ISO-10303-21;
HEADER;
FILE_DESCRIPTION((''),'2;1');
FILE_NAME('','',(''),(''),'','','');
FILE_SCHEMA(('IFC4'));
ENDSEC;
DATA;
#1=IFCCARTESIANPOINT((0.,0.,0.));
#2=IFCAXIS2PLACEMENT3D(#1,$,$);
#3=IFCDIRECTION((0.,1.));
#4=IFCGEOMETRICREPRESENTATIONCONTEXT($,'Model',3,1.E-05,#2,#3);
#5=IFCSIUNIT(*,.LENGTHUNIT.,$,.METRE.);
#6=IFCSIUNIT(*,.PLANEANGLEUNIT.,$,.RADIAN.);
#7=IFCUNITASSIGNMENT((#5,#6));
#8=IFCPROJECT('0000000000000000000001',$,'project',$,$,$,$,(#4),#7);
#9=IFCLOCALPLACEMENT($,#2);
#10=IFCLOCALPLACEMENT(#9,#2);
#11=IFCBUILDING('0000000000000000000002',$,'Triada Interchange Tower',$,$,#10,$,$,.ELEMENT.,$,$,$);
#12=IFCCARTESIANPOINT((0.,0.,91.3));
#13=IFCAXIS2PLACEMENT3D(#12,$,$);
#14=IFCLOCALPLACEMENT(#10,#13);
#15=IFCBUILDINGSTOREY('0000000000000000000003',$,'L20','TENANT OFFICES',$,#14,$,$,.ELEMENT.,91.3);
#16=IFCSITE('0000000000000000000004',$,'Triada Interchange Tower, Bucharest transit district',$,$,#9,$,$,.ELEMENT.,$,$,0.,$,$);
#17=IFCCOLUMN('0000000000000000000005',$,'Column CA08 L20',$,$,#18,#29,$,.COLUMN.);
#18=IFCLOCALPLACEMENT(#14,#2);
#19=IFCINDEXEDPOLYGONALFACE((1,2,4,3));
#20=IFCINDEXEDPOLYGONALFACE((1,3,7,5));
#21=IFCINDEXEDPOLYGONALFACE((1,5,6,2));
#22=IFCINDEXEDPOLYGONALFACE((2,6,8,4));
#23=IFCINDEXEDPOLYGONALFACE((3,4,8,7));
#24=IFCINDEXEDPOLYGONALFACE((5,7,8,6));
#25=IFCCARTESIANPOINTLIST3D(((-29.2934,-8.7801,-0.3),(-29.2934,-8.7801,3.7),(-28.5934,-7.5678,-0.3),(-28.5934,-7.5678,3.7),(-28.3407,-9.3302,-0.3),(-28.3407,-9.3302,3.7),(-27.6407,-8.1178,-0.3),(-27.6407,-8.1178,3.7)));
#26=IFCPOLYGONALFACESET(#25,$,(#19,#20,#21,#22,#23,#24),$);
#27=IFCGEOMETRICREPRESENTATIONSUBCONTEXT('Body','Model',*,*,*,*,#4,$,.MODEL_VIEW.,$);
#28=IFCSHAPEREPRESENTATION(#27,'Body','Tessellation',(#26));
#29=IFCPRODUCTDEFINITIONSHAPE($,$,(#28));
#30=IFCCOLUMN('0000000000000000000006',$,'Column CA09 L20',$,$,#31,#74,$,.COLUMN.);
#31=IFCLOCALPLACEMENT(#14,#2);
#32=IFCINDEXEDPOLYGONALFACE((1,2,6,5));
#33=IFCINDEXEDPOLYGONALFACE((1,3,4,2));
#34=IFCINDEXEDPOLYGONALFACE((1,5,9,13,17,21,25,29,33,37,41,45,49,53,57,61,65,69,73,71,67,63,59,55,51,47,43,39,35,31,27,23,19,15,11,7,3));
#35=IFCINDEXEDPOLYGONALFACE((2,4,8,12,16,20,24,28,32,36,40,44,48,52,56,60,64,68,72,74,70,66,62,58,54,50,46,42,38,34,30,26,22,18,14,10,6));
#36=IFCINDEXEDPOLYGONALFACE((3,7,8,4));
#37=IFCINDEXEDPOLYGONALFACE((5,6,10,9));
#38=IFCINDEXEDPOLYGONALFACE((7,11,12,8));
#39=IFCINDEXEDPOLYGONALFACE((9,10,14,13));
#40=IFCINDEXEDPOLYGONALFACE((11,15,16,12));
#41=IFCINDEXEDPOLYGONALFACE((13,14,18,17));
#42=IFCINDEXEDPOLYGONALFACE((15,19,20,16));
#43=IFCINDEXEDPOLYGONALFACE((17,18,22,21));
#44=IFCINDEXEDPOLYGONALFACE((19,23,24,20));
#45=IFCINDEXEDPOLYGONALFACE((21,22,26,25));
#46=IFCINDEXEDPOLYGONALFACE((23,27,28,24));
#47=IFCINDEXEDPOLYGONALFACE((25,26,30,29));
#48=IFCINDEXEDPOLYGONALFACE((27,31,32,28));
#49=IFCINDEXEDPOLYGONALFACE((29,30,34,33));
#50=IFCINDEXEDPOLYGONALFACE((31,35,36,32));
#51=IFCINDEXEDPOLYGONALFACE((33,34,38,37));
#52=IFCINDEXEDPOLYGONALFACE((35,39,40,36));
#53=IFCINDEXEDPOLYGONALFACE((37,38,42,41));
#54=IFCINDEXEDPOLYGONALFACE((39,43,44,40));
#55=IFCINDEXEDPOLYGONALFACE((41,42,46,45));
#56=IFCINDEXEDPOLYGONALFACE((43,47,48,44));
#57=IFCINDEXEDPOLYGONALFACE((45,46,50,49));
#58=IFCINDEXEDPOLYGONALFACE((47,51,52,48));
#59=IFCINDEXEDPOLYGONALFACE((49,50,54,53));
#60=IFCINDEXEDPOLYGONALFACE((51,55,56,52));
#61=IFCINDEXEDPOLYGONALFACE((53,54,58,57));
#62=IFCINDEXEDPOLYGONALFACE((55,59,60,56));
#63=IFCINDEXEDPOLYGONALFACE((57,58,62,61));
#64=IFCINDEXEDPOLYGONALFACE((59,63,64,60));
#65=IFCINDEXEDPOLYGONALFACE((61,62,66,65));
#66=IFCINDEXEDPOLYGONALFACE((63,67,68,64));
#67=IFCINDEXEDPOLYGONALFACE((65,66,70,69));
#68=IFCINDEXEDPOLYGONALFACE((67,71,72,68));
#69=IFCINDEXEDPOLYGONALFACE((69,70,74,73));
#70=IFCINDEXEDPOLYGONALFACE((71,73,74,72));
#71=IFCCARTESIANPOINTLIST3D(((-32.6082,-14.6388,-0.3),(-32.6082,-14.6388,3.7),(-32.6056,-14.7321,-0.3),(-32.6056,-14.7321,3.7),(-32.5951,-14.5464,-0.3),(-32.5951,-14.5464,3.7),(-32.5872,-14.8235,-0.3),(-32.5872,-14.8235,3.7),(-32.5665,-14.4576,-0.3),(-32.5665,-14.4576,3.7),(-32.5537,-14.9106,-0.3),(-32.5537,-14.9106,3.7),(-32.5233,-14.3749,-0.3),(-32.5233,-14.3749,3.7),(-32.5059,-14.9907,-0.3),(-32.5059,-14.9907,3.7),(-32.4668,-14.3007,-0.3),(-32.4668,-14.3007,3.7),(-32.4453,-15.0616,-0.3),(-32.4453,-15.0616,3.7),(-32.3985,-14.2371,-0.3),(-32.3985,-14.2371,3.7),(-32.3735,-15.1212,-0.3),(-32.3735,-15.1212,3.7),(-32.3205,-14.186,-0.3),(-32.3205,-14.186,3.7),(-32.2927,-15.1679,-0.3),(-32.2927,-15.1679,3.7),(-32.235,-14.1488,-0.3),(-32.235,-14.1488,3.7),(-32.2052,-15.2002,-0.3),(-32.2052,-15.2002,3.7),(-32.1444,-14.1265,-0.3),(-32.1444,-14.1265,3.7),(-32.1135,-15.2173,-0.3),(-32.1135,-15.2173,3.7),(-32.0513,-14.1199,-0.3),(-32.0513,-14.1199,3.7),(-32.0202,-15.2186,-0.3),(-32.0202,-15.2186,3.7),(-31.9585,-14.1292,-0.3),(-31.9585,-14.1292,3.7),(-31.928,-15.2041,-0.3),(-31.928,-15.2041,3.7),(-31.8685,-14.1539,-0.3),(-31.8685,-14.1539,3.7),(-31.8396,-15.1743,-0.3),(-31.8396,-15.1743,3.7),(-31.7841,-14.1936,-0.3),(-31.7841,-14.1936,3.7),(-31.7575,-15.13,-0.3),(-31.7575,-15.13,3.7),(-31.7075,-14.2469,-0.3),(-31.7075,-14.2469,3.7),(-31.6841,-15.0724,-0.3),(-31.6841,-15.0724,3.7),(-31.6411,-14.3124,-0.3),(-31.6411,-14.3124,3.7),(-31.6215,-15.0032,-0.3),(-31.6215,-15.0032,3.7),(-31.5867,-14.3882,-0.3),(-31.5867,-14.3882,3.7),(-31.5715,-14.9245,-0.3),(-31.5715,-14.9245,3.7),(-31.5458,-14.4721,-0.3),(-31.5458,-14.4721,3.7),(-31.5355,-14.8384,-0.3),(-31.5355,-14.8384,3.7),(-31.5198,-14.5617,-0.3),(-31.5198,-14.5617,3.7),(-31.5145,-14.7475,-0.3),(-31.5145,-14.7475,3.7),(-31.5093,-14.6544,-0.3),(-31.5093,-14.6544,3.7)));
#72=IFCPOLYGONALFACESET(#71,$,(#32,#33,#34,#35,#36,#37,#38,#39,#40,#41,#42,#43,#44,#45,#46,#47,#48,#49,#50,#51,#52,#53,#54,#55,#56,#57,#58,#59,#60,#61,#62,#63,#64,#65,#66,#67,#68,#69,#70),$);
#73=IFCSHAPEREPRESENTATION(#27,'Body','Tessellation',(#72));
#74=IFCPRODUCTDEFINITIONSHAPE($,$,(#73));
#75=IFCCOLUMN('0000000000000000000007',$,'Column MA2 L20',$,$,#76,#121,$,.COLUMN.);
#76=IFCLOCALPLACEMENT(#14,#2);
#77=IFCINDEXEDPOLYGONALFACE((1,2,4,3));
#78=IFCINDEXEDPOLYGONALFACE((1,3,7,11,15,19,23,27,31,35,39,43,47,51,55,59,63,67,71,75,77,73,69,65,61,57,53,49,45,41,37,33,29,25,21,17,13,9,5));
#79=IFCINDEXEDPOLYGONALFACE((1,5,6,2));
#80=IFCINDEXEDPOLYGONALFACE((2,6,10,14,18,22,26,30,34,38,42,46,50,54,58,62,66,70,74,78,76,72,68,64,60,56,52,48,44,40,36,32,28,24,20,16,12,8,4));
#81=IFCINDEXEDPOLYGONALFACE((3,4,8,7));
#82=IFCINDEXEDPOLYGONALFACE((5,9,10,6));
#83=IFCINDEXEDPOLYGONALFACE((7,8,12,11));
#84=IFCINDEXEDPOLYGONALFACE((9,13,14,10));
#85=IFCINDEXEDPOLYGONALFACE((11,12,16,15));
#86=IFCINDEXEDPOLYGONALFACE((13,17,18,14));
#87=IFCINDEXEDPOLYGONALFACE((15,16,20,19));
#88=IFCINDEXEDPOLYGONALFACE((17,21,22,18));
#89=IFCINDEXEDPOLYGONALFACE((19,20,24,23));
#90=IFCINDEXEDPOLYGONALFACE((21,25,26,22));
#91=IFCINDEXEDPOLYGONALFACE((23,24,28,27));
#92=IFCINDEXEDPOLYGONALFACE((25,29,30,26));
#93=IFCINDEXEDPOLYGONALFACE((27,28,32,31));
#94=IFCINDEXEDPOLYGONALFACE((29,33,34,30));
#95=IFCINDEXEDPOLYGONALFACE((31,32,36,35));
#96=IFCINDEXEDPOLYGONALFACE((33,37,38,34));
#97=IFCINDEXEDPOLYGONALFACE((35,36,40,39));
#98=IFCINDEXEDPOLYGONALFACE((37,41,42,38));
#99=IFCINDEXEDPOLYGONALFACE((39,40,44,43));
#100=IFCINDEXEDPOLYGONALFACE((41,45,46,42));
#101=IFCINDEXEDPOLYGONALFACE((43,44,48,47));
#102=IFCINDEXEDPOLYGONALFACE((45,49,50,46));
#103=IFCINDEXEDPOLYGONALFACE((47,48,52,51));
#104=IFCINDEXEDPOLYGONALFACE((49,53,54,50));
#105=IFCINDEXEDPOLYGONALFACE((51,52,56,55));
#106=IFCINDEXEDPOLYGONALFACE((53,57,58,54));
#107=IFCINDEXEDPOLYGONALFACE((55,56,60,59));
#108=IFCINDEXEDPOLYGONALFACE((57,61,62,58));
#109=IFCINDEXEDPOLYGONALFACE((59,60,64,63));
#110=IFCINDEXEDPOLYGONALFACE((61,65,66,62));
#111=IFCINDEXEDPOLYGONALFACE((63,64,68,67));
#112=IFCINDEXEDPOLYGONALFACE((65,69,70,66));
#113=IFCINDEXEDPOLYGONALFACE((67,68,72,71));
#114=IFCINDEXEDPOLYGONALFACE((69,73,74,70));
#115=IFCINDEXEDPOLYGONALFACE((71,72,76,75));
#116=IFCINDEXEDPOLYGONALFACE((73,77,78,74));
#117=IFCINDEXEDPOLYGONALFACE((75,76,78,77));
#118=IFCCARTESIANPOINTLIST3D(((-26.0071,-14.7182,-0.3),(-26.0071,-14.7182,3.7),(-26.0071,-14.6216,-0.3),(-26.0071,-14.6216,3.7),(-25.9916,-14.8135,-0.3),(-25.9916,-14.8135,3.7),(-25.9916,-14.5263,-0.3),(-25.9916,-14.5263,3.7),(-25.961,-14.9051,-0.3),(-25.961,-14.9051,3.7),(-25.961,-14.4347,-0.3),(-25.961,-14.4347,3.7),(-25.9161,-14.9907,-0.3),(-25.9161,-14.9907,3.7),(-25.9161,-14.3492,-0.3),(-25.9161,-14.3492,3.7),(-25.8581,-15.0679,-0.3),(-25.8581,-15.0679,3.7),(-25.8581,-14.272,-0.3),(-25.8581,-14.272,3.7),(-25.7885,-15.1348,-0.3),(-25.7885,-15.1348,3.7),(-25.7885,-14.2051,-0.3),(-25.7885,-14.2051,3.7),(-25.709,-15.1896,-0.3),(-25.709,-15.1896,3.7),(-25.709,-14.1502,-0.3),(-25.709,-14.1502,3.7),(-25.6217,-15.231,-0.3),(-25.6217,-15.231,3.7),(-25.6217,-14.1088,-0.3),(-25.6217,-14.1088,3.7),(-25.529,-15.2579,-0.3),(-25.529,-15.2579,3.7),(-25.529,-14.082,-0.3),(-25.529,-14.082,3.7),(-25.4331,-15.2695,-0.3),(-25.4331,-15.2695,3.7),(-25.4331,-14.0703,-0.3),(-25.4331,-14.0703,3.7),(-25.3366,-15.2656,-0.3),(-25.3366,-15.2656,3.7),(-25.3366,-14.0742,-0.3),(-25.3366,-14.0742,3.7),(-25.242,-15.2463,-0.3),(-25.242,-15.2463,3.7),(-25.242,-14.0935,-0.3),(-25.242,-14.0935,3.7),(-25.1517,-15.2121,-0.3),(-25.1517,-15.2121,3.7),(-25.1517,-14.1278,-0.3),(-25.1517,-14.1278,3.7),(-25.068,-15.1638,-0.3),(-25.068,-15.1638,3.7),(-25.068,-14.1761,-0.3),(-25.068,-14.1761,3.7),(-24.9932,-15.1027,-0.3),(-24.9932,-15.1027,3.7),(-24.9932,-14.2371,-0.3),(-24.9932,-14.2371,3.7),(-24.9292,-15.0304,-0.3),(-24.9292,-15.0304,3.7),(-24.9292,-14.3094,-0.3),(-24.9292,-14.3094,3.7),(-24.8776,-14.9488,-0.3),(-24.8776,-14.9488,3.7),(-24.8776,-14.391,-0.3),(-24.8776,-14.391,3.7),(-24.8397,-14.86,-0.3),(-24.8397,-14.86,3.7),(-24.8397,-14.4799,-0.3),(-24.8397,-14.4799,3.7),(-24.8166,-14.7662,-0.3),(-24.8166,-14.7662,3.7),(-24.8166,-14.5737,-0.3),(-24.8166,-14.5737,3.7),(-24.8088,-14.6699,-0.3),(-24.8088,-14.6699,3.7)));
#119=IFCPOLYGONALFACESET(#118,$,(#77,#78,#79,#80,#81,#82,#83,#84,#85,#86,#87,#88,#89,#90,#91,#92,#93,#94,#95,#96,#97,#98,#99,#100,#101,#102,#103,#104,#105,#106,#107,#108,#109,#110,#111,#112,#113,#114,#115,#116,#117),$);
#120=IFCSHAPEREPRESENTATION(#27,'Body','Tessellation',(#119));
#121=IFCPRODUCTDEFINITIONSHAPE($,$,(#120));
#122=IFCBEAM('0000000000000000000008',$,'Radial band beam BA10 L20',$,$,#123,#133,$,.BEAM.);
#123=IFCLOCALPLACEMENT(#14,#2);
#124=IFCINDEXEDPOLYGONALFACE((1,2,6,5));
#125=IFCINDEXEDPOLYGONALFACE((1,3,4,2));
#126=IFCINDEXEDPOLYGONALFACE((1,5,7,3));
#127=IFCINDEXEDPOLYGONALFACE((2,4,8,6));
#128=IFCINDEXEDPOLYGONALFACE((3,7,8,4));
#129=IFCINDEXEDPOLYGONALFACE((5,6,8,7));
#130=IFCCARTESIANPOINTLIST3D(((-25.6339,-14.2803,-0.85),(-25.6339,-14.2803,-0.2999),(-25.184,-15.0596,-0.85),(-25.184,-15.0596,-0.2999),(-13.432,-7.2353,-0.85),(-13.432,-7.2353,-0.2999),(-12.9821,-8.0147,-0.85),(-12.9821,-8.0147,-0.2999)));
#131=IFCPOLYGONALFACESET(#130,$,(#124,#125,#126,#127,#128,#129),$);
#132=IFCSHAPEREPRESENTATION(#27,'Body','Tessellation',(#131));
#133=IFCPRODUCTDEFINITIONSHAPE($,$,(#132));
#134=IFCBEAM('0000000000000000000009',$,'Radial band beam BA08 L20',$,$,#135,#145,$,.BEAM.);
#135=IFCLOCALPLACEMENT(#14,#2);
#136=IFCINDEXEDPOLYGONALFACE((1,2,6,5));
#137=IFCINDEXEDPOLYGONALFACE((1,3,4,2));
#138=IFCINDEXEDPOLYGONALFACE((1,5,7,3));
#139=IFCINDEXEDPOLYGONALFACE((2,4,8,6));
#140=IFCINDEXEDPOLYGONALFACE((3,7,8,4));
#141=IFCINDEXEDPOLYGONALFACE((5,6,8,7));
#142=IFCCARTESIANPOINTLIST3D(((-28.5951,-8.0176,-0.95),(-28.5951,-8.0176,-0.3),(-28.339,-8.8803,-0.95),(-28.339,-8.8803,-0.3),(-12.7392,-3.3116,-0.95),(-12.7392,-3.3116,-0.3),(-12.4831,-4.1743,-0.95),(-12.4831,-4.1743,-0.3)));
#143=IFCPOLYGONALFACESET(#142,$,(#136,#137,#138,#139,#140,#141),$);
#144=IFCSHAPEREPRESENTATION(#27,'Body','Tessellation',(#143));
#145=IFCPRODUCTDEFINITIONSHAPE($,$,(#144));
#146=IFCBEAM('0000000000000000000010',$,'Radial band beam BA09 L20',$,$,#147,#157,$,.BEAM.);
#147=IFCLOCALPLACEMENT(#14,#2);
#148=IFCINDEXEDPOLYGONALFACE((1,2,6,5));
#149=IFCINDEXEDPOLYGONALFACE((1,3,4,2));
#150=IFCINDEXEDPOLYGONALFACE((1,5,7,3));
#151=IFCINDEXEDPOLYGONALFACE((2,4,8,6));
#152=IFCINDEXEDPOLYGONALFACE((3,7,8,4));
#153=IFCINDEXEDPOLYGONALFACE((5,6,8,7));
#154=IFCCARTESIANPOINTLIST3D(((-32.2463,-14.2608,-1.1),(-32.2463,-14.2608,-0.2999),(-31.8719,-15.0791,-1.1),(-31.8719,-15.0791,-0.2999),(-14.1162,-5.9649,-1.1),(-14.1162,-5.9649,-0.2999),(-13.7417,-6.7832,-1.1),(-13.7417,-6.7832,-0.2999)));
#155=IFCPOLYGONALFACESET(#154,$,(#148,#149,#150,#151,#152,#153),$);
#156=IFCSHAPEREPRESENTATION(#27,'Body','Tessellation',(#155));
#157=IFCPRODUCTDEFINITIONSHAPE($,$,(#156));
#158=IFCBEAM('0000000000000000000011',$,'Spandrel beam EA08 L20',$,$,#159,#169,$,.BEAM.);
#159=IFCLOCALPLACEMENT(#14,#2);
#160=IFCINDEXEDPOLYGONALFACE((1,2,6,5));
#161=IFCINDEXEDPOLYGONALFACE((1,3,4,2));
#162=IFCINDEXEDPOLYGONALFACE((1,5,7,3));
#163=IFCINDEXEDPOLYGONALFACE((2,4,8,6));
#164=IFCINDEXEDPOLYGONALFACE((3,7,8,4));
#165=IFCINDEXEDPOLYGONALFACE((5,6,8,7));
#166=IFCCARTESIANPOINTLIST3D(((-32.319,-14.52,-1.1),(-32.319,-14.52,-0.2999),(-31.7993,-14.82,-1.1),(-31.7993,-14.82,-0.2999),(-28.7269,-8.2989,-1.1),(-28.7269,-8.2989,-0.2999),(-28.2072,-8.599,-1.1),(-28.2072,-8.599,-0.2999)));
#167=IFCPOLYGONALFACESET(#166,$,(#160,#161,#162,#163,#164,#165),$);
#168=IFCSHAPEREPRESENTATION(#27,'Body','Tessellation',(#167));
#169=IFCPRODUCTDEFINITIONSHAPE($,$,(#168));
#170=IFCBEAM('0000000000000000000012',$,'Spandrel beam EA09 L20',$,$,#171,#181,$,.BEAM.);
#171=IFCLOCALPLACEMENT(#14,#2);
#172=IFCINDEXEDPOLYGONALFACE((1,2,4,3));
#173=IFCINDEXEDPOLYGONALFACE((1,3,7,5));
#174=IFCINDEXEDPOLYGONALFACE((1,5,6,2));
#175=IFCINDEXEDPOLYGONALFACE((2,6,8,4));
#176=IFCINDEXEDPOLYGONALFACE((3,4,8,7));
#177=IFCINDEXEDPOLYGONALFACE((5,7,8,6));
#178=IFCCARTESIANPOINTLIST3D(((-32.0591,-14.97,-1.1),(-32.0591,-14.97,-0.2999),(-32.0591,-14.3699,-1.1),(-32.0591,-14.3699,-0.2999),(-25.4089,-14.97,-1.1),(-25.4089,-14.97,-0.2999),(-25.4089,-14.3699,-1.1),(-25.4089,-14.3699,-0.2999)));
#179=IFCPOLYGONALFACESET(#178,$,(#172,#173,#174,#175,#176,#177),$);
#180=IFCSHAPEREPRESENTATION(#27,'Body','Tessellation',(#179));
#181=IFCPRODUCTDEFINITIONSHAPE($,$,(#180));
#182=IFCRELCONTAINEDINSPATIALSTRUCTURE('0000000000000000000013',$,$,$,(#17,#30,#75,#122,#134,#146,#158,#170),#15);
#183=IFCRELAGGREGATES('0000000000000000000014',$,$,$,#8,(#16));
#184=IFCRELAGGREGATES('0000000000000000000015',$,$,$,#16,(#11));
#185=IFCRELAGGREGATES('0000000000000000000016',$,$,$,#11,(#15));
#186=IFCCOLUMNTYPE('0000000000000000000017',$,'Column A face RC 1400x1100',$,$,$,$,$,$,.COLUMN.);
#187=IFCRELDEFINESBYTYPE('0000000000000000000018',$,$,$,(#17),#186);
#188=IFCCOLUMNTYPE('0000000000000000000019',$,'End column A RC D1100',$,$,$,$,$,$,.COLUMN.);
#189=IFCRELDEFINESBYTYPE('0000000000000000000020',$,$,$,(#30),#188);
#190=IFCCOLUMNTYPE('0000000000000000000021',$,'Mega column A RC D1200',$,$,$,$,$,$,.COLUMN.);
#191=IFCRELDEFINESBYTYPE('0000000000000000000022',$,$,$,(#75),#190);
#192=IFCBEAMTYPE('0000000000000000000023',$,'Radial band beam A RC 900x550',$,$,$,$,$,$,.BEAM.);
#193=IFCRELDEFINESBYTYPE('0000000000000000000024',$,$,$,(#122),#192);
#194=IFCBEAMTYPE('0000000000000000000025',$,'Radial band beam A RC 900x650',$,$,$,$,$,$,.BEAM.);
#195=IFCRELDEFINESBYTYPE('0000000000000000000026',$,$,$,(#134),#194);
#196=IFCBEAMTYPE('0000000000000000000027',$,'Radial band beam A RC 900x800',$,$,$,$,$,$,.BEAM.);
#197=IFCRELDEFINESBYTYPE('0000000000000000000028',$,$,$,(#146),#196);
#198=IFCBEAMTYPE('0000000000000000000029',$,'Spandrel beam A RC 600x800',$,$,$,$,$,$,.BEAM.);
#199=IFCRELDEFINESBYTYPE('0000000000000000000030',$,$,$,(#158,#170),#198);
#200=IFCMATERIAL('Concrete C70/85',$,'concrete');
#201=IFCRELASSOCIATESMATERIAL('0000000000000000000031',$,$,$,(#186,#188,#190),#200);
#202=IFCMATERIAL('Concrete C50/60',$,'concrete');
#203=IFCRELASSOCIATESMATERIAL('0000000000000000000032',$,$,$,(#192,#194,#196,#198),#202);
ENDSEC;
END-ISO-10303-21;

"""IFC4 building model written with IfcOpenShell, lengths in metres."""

from ifc_helpers import new_model, si_unit, direction, frame, origin, origin_2d, place, context, subcontext, project, spatial, rectangle, circle, extrude, material, material_profile, profile_set, type_object, element, save


model = new_model("IFC4")

# Units and contexts
model_context = context("Model", 3, precision=1e-05, world=origin(), true_north=direction((0.0, 1.0)))
body_context = subcontext(model_context, "Body", "Model", "MODEL_VIEW")
ifc_project = project(units=[si_unit("LENGTHUNIT", "METRE"), si_unit("PLANEANGLEUNIT", "RADIAN")], contexts=[model_context])

# Site, building, storey
site_placement = place(None, origin())
site = spatial("IfcSite", under=ifc_project, at=site_placement, Name="Triada Interchange Tower, Bucharest transit district", CompositionType="ELEMENT", RefElevation=0.0)
building_placement = place(site_placement, origin())
building = spatial("IfcBuilding", under=site, at=building_placement, Name="Triada Interchange Tower", CompositionType="ELEMENT")
storey_placement = place(building_placement, frame((0.0, 0.0, 91.3)))
storey = spatial("IfcBuildingStorey", under=building, at=storey_placement, Name="L20", Description="TENANT OFFICES", CompositionType="ELEMENT", Elevation=91.3)

# Columns
ifc_material_1 = material(Name="Concrete C70/85", Category="concrete")
ifc_material_profile_1 = material_profile(ifc_material_1, rectangle(XDim=1.3999, YDim=1.1001, at=origin_2d()), Name="RC 1400x1100")
ifc_profile_set_1 = profile_set([ifc_material_profile_1], Name="Concrete C70/85")
column_type_1 = type_object("IfcColumnType", Name="Column A face RC 1400x1100", PredefinedType="COLUMN", material=ifc_profile_set_1)
column_1_placement = place(storey_placement, frame((-28.467, -8.449, -0.3), z_axis=(0.0, 0.0, 1.0), x_axis=(0.5, 0.866025, 0.0)))
element("IfcColumn", 1, at=column_1_placement, inside=storey, type_object=column_type_1, Name="Column CA08 L20", PredefinedType="COLUMN", context=body_context, shape_type="SweptSolid", body=[
    extrude(rectangle(XDim=1.3999, YDim=1.1001, at=origin_2d()), origin(), (0.0, 0.0, 1.0), 4.0),
])
ifc_material_profile_2 = material_profile(ifc_material_1, circle(Radius=0.55, at=origin_2d()), Name="RC D1100")
ifc_profile_set_2 = profile_set([ifc_material_profile_2], Name="Concrete C70/85")
column_type_2 = type_object("IfcColumnType", Name="End column A RC D1100", PredefinedType="COLUMN", material=ifc_profile_set_2)
column_2_placement = place(storey_placement, frame((-32.0591, -14.6699, -0.3), z_axis=(0.0, 0.0, 1.0), x_axis=(0.5, 0.866025, 0.0)))
element("IfcColumn", 2, at=column_2_placement, inside=storey, type_object=column_type_2, Name="Column CA09 L20", PredefinedType="COLUMN", context=body_context, shape_type="SweptSolid", body=[
    extrude(circle(Radius=0.55, at=origin_2d()), origin(), (0.0, 0.0, 1.0), 4.0),
])
ifc_material_profile_3 = material_profile(ifc_material_1, circle(Radius=0.6001, at=origin_2d()), Name="RC D1200")
ifc_profile_set_3 = profile_set([ifc_material_profile_3], Name="Concrete C70/85")
column_type_3 = type_object("IfcColumnType", Name="Mega column A RC D1200", PredefinedType="COLUMN", material=ifc_profile_set_3)
column_3_placement = place(storey_placement, frame((-25.4089, -14.6699, -0.3), z_axis=(0.0, 0.0, 1.0), x_axis=(1.0, 0.0, 0.0)))
element("IfcColumn", 3, at=column_3_placement, inside=storey, type_object=column_type_3, Name="Column MA2 L20", PredefinedType="COLUMN", context=body_context, shape_type="SweptSolid", body=[
    extrude(circle(Radius=0.6001, at=origin_2d()), origin(), (0.0, 0.0, 1.0), 4.0),
])

# Beams
ifc_material_2 = material(Name="Concrete C50/60", Category="concrete")
ifc_material_profile_4 = material_profile(ifc_material_2, rectangle(XDim=0.8999, YDim=0.55, at=origin_2d()), Name="RC 900x550")
ifc_profile_set_4 = profile_set([ifc_material_profile_4], Name="Concrete C50/60")
beam_type_1 = type_object("IfcBeamType", Name="Radial band beam A RC 900x550", PredefinedType="BEAM", material=ifc_profile_set_4)
beam_1_placement = place(storey_placement, frame((-25.4089, -14.6699, -0.575), z_axis=(0.866021, 0.500008, 0.0), x_axis=(-0.500008, 0.866021, 0.0)))
element("IfcBeam", 4, at=beam_1_placement, inside=storey, type_object=beam_type_1, Name="Radial band beam BA10 L20", PredefinedType="BEAM", context=body_context, shape_type="SweptSolid", body=[
    extrude(rectangle(XDim=0.8999, YDim=0.55, at=origin_2d()), origin(), (0.0, 0.0, 1.0), 14.0896),
])
ifc_material_profile_5 = material_profile(ifc_material_2, rectangle(XDim=0.8999, YDim=0.6499, at=origin_2d()), Name="RC 900x650")
ifc_profile_set_5 = profile_set([ifc_material_profile_5], Name="Concrete C50/60")
beam_type_2 = type_object("IfcBeamType", Name="Radial band beam A RC 900x650", PredefinedType="BEAM", material=ifc_profile_set_5)
beam_2_placement = place(storey_placement, frame((-28.467, -8.449, -0.625), z_axis=(0.958666, 0.284533, 0.0), x_axis=(-0.284533, 0.958666, 0.0)))
element("IfcBeam", 5, at=beam_2_placement, inside=storey, type_object=beam_type_2, Name="Radial band beam BA08 L20", PredefinedType="BEAM", context=body_context, shape_type="SweptSolid", body=[
    extrude(rectangle(XDim=0.8999, YDim=0.6499, at=origin_2d()), origin(), (0.0, 0.0, 1.0), 16.5396),
])
ifc_material_profile_6 = material_profile(ifc_material_2, rectangle(XDim=0.8999, YDim=0.8, at=origin_2d()), Name="RC 900x800")
ifc_profile_set_6 = profile_set([ifc_material_profile_6], Name="Concrete C50/60")
beam_type_3 = type_object("IfcBeamType", Name="Radial band beam A RC 900x800", PredefinedType="BEAM", material=ifc_profile_set_6)
beam_3_placement = place(storey_placement, frame((-32.0591, -14.6699, -0.7), z_axis=(0.909326, 0.416085, 0.0), x_axis=(-0.416085, 0.909326, 0.0)))
element("IfcBeam", 6, at=beam_3_placement, inside=storey, type_object=beam_type_3, Name="Radial band beam BA09 L20", PredefinedType="BEAM", context=body_context, shape_type="SweptSolid", body=[
    extrude(rectangle(XDim=0.8999, YDim=0.8, at=origin_2d()), origin(), (0.0, 0.0, 1.0), 19.938),
])
ifc_material_profile_7 = material_profile(ifc_material_2, rectangle(XDim=0.6001, YDim=0.8, at=origin_2d()), Name="RC 600x800")
ifc_profile_set_7 = profile_set([ifc_material_profile_7], Name="Concrete C50/60")
beam_type_4 = type_object("IfcBeamType", Name="Spandrel beam A RC 600x800", PredefinedType="BEAM", material=ifc_profile_set_7)
beam_4_placement = place(storey_placement, frame((-28.467, -8.449, -0.7), z_axis=(-0.500039, -0.866003, 0.0), x_axis=(0.866003, -0.500039, 0.0)))
element("IfcBeam", 7, at=beam_4_placement, inside=storey, type_object=beam_type_4, Name="Spandrel beam EA08 L20", PredefinedType="BEAM", context=body_context, shape_type="SweptSolid", body=[
    extrude(rectangle(XDim=0.6001, YDim=0.8, at=origin_2d()), origin(), (0.0, 0.0, 1.0), 7.1836),
])
beam_5_placement = place(storey_placement, frame((-32.0591, -14.6699, -0.7), z_axis=(1.0, 0.0, 0.0), x_axis=(0.0, 1.0, 0.0)))
element("IfcBeam", 8, at=beam_5_placement, inside=storey, type_object=beam_type_4, Name="Spandrel beam EA09 L20", PredefinedType="BEAM", context=body_context, shape_type="SweptSolid", body=[
    extrude(rectangle(XDim=0.6001, YDim=0.8, at=origin_2d()), origin(), (0.0, 0.0, 1.0), 6.6501),
])

save(model, "model.ifc")
